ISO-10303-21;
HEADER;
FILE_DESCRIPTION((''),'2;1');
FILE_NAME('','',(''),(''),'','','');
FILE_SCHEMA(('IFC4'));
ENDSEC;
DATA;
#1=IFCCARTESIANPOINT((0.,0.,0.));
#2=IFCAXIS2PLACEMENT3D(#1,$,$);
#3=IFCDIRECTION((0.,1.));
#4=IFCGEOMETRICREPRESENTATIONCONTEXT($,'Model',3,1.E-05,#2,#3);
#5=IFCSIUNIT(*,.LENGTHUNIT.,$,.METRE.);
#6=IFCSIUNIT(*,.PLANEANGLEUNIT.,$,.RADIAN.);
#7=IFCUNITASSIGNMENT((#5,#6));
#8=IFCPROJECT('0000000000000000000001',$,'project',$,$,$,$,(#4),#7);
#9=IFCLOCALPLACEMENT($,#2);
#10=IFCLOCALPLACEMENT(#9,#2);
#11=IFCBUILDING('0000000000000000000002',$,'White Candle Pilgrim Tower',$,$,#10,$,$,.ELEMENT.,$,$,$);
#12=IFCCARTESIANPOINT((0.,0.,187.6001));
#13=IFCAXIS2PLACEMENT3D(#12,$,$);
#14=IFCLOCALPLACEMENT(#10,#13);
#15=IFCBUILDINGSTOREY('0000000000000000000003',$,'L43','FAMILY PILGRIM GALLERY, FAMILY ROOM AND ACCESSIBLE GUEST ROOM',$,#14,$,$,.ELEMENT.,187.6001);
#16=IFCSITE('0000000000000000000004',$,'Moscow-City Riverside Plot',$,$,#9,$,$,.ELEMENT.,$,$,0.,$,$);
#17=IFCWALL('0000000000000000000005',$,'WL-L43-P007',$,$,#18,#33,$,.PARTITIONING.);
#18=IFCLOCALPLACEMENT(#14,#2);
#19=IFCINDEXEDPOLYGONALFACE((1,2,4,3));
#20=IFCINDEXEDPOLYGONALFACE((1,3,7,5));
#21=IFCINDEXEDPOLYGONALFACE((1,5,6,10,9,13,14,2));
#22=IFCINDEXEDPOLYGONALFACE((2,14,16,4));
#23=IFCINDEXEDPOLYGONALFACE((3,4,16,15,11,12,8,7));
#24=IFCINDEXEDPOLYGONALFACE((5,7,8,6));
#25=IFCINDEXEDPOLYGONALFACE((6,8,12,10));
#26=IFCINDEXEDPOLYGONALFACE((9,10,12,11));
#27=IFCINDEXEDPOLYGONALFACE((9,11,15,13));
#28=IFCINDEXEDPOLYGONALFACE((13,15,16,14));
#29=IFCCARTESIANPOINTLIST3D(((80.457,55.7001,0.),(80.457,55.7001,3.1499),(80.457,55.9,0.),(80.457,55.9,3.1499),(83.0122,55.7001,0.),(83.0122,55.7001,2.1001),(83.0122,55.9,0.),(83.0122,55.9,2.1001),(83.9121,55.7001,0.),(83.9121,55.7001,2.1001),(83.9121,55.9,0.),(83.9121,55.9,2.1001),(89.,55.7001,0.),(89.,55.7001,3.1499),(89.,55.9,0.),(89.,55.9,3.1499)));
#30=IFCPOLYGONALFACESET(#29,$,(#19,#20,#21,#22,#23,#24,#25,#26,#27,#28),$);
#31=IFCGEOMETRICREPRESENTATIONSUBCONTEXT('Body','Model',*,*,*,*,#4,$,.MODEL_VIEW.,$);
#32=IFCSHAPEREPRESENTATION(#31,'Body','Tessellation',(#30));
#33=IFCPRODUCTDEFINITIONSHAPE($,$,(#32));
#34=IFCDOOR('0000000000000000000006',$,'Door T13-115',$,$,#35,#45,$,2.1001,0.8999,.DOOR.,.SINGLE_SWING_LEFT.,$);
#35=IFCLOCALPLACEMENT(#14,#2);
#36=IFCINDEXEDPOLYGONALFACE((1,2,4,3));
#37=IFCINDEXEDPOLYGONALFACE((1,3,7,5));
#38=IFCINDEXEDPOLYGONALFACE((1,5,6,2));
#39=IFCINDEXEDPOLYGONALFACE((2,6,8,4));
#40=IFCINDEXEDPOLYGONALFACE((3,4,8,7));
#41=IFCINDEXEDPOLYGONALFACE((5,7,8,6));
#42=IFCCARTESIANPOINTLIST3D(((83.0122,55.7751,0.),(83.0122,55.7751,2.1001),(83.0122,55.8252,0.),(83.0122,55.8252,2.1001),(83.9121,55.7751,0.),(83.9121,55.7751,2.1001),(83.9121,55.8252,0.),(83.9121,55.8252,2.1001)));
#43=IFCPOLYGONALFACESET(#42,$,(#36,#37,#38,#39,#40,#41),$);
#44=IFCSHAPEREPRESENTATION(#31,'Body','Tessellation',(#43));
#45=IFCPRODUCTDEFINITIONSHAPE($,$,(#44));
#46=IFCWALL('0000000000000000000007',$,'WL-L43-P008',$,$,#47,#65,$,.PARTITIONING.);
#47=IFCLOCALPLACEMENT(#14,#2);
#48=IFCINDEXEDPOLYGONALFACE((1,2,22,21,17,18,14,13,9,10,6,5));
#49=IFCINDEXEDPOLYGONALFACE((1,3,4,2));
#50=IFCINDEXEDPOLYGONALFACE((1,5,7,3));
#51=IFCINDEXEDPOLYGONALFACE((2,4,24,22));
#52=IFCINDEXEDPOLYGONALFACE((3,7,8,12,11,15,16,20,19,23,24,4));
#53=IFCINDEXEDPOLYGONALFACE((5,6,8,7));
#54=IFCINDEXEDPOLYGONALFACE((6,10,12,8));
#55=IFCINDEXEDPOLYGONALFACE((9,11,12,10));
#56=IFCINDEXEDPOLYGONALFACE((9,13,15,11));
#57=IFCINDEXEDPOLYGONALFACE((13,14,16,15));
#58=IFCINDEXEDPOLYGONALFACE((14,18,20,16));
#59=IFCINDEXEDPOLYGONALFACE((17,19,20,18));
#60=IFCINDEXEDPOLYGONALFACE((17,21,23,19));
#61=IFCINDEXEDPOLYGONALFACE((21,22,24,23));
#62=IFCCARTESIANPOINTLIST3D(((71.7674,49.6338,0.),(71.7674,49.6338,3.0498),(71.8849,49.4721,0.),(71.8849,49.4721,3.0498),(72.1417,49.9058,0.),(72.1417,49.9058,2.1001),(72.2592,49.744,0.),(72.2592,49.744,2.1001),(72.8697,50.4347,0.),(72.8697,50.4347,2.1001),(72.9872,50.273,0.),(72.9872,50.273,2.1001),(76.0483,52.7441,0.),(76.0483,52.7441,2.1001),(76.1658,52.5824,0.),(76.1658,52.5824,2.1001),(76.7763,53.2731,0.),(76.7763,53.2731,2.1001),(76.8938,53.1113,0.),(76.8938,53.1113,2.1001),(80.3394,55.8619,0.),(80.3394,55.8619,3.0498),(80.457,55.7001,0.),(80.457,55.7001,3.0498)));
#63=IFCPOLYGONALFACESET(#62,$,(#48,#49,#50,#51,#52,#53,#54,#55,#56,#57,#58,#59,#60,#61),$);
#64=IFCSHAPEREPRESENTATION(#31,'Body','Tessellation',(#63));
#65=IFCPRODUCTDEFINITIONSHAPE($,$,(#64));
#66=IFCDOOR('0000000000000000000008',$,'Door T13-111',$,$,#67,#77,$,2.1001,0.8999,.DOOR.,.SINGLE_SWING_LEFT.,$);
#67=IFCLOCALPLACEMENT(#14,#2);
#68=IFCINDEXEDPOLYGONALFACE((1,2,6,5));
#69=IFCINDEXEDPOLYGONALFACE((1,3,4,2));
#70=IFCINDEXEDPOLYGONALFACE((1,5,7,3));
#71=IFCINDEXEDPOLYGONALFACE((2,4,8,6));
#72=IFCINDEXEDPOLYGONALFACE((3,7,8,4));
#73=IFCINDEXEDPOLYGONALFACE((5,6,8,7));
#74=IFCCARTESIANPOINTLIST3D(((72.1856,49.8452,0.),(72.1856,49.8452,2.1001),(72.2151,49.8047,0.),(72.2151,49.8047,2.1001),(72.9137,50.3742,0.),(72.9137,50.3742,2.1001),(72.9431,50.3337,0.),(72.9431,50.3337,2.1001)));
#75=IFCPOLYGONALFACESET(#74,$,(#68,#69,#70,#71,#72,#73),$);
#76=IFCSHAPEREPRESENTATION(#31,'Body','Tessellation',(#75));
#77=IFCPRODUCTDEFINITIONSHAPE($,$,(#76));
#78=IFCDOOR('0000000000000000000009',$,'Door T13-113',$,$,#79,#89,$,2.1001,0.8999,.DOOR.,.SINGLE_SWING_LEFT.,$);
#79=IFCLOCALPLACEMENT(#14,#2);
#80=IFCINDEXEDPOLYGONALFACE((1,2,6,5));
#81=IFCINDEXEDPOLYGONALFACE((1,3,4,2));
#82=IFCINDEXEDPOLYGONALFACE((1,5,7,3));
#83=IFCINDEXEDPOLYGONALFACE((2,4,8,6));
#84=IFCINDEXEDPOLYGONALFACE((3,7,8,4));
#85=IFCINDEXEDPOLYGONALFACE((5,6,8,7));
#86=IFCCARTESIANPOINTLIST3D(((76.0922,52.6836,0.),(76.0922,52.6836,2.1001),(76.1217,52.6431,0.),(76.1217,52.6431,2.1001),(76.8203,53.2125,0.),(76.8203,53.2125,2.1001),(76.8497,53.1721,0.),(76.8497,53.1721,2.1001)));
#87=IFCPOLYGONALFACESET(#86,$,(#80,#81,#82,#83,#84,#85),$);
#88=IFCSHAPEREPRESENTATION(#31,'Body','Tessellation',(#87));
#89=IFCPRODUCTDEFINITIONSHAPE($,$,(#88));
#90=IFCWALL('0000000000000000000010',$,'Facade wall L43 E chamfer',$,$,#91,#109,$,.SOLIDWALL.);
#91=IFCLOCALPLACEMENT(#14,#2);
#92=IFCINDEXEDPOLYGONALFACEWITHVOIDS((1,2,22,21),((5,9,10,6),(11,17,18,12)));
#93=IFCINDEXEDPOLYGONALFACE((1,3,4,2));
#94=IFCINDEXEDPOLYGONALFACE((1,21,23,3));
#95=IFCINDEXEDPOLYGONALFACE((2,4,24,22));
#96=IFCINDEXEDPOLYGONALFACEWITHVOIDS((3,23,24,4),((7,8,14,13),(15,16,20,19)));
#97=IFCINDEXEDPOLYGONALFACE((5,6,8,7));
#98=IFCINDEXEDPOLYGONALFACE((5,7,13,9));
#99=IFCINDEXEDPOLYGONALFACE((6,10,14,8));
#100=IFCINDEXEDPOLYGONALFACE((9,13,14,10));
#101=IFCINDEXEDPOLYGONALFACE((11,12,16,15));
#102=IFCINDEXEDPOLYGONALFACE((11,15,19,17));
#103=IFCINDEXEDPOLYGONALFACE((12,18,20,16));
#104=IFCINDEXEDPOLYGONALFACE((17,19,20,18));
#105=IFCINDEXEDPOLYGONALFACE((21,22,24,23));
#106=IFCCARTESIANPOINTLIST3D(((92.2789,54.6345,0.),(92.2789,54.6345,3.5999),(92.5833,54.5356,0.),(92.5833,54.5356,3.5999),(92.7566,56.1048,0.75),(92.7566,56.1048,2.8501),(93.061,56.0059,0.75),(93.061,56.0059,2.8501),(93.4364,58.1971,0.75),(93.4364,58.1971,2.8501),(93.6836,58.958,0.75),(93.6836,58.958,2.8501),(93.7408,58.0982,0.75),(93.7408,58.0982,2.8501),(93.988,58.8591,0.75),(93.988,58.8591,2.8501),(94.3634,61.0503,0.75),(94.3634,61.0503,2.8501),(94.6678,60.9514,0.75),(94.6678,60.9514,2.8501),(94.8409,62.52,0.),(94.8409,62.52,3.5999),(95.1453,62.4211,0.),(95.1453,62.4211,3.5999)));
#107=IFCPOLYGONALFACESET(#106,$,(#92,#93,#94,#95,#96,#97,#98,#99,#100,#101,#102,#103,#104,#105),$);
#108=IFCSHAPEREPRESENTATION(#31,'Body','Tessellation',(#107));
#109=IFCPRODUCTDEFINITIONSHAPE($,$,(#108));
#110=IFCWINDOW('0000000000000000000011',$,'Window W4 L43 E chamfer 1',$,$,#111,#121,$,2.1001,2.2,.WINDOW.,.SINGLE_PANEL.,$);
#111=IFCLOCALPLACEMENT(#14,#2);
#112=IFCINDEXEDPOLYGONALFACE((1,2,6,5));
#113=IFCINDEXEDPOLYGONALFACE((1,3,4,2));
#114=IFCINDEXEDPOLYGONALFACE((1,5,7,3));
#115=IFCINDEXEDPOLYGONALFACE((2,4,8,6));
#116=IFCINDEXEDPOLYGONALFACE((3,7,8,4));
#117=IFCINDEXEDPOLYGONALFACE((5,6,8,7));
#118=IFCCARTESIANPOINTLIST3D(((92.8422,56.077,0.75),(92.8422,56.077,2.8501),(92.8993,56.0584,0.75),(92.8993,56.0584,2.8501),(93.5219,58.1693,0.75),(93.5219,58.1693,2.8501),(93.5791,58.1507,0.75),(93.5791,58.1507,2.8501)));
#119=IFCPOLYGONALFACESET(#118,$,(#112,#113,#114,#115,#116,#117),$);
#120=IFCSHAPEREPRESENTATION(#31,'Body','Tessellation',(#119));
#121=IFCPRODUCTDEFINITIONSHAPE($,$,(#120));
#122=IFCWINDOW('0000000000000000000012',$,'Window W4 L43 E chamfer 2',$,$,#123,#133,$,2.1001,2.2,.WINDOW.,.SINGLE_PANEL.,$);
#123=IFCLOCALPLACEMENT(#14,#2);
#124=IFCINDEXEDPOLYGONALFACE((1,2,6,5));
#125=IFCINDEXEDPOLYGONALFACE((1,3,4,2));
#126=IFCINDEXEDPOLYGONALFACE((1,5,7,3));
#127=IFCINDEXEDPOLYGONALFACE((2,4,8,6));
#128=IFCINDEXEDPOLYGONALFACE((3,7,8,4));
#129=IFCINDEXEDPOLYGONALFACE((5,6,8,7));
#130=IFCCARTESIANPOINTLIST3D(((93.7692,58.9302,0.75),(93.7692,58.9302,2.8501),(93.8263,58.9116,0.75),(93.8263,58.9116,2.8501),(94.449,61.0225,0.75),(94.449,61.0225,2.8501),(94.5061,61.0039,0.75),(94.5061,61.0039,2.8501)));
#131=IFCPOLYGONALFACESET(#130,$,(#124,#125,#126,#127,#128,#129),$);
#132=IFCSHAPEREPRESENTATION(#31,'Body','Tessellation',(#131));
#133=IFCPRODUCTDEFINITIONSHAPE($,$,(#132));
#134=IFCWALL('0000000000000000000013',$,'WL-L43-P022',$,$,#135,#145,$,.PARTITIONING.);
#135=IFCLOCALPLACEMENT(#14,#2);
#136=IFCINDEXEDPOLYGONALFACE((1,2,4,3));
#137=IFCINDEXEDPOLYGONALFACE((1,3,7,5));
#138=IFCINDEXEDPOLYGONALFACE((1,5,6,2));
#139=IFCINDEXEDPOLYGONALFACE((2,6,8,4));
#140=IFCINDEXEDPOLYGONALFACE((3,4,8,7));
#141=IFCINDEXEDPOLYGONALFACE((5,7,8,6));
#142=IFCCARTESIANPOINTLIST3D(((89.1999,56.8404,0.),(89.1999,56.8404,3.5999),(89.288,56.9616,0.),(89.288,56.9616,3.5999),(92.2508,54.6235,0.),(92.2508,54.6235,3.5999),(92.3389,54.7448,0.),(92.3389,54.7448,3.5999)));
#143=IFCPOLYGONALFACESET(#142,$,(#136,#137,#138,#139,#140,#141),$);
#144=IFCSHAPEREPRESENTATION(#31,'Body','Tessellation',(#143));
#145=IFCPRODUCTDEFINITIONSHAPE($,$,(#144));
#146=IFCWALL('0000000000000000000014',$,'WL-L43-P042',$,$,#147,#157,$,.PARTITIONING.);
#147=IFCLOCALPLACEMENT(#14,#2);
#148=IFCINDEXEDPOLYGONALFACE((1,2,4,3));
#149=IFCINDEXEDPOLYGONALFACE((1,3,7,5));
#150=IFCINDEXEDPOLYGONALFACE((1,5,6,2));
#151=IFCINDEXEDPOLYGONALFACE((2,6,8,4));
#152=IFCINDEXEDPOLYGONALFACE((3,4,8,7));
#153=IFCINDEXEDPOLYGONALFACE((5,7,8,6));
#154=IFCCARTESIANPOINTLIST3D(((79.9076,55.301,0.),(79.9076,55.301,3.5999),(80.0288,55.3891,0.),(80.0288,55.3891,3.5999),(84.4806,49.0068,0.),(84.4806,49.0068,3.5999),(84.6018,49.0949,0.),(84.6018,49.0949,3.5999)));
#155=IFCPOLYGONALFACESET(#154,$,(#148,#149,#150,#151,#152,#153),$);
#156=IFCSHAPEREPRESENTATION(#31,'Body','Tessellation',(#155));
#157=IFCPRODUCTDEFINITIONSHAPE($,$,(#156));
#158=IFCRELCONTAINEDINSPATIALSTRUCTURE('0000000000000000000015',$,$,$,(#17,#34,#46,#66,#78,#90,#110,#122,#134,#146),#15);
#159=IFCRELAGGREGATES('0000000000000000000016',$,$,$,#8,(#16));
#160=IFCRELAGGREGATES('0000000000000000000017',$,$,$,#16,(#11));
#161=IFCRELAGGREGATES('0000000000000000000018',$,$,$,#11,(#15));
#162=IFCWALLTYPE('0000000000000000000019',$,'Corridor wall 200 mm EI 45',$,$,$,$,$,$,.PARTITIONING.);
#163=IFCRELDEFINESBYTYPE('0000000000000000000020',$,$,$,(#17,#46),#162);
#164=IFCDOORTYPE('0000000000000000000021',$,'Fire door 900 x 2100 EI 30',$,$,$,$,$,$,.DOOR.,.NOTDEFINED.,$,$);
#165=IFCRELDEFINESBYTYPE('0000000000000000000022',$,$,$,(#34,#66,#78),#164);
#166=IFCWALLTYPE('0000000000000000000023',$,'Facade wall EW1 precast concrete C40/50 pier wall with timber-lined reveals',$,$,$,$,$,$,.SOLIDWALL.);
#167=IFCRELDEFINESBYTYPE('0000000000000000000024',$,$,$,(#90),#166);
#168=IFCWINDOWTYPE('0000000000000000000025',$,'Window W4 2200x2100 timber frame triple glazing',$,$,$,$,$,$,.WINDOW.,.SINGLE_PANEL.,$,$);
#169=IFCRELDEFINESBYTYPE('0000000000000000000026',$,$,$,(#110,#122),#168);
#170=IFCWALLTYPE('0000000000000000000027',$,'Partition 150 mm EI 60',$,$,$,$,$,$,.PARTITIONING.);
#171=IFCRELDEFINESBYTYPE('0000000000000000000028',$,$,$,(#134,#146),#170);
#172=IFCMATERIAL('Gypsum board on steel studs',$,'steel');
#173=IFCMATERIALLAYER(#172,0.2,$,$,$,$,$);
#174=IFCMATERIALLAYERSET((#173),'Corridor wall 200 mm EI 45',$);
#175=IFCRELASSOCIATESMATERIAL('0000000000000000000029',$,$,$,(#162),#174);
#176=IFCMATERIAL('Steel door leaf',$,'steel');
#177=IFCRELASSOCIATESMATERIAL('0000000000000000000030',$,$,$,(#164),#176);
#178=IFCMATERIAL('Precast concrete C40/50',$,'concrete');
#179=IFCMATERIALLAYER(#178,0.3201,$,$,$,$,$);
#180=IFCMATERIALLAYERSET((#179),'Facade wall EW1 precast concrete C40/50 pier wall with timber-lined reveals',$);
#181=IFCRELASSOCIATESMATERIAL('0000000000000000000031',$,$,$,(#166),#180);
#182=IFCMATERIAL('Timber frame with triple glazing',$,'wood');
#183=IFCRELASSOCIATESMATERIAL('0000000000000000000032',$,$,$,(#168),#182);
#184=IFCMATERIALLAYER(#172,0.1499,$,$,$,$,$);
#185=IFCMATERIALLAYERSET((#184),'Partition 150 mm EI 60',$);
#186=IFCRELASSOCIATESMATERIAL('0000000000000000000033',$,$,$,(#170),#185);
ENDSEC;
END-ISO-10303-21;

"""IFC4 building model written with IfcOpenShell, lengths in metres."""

from ifc_helpers import new_model, si_unit, direction, frame, frame_2d, origin, place, context, subcontext, project, spatial, rectangle, extrude, material, layer, layer_set, type_object, element, fill, save


model = new_model("IFC4")

# Units and contexts
model_context = context("Model", 3, precision=1e-05, world=origin(), true_north=direction((0.0, 1.0)))
body_context = subcontext(model_context, "Body", "Model", "MODEL_VIEW")
ifc_project = project(units=[si_unit("LENGTHUNIT", "METRE"), si_unit("PLANEANGLEUNIT", "RADIAN")], contexts=[model_context])

# Site, building, storey
site_placement = place(None, origin())
site = spatial("IfcSite", under=ifc_project, at=site_placement, Name="Moscow-City Riverside Plot", CompositionType="ELEMENT", RefElevation=0.0)
building_placement = place(site_placement, origin())
building = spatial("IfcBuilding", under=site, at=building_placement, Name="White Candle Pilgrim Tower", CompositionType="ELEMENT")
storey_placement = place(building_placement, frame((0.0, 0.0, 187.6001)))
storey = spatial("IfcBuildingStorey", under=building, at=storey_placement, Name="L43", Description="FAMILY PILGRIM GALLERY, FAMILY ROOM AND ACCESSIBLE GUEST ROOM", CompositionType="ELEMENT", Elevation=187.6001)

# Wall, opening, door
ifc_material_1 = material(Name="Gypsum board on steel studs", Category="steel")
ifc_layer_1 = layer(ifc_material_1, 0.2)
ifc_layer_set_1 = layer_set([ifc_layer_1], Name="Corridor wall 200 mm EI 45")
wall_type_1 = type_object("IfcWallType", Name="Corridor wall 200 mm EI 45", PredefinedType="PARTITIONING", material=ifc_layer_set_1)
wall_1_placement = place(storey_placement, frame((89.0, 55.8, 0.0), z_axis=(0.0, 0.0, 1.0), x_axis=(-1.0, 0.0, 0.0)))
wall_1 = element("IfcWall", 1, at=wall_1_placement, inside=storey, type_object=wall_type_1, Name="WL-L43-P007", PredefinedType="PARTITIONING", context=body_context, shape_type="SweptSolid", body=[
    extrude(rectangle(XDim=8.543, YDim=0.2, at=frame_2d((4.2715, 0.0))), origin(), (0.0, 0.0, 1.0), 3.1499),
])
opening_1_placement = place(wall_1_placement, frame((5.0879, 0.0, 0.0)))
opening_1 = element("IfcOpeningElement", 2, at=opening_1_placement, cuts=wall_1, PredefinedType="OPENING", context=body_context, shape_type="SweptSolid", body=[
    extrude(rectangle(XDim=0.8999, YDim=2.1001, at=frame_2d((0.45, 1.05))), frame((0.0, 0.1099, 0.0), z_axis=(0.0, -1.0, 0.0), x_axis=(1.0, 0.0, 0.0)), (0.0, 0.0, 1.0), 0.22),
])
ifc_material_2 = material(Name="Steel door leaf", Category="steel")
door_type_1 = type_object("IfcDoorType", Name="Fire door 900 x 2100 EI 30", OperationType="NOTDEFINED", PredefinedType="DOOR", material=ifc_material_2)
door_1_placement = place(opening_1_placement, origin())
door_1 = element("IfcDoor", 3, at=door_1_placement, inside=storey, type_object=door_type_1, Name="Door T13-115", OperationType="SINGLE_SWING_LEFT", OverallHeight=2.1001, OverallWidth=0.8999, PredefinedType="DOOR", context=body_context, shape_type="SweptSolid", body=[
    extrude(rectangle(XDim=0.8999, YDim=2.1001, at=frame_2d((0.45, 1.05))), frame((0.0, 0.0249, 0.0), z_axis=(0.0, -1.0, 0.0), x_axis=(1.0, 0.0, 0.0)), (0.0, 0.0, 1.0), 0.05),
])
fill(opening_1, door_1)

# Wall, openings, doors
wall_2_placement = place(storey_placement, frame((80.3982, 55.781, 0.0), z_axis=(0.0, 0.0, 1.0), x_axis=(-0.809013, -0.587791, 0.0)))
wall_2 = element("IfcWall", 4, at=wall_2_placement, inside=storey, type_object=wall_type_1, Name="WL-L43-P008", PredefinedType="PARTITIONING", context=body_context, shape_type="SweptSolid", body=[
    extrude(rectangle(XDim=10.5957, YDim=0.2, at=frame_2d((5.2979, 0.0))), origin(), (0.0, 0.0, 1.0), 3.0498),
])
opening_2_placement = place(wall_2_placement, frame((9.2332, 0.0, 0.0)))
opening_2 = element("IfcOpeningElement", 5, at=opening_2_placement, cuts=wall_2, PredefinedType="OPENING", context=body_context, shape_type="SweptSolid", body=[
    extrude(rectangle(XDim=0.8999, YDim=2.1001, at=frame_2d((0.45, 1.05))), frame((0.0, 0.1099, 0.0), z_axis=(0.0, -1.0, 0.0), x_axis=(1.0, 0.0, 0.0)), (0.0, 0.0, 1.0), 0.22),
])
opening_3_placement = place(wall_2_placement, frame((4.4043, 0.0, 0.0)))
opening_3 = element("IfcOpeningElement", 6, at=opening_3_placement, cuts=wall_2, PredefinedType="OPENING", context=body_context, shape_type="SweptSolid", body=[
    extrude(rectangle(XDim=0.8999, YDim=2.1001, at=frame_2d((0.45, 1.05))), frame((0.0, 0.1099, 0.0), z_axis=(0.0, -1.0, 0.0), x_axis=(1.0, 0.0, 0.0)), (0.0, 0.0, 1.0), 0.22),
])
door_2_placement = place(opening_2_placement, origin())
door_2 = element("IfcDoor", 7, at=door_2_placement, inside=storey, type_object=door_type_1, Name="Door T13-111", OperationType="SINGLE_SWING_LEFT", OverallHeight=2.1001, OverallWidth=0.8999, PredefinedType="DOOR", context=body_context, shape_type="SweptSolid", body=[
    extrude(rectangle(XDim=0.8999, YDim=2.1001, at=frame_2d((0.45, 1.05))), frame((0.0, 0.0249, 0.0), z_axis=(0.0, -1.0, 0.0), x_axis=(1.0, 0.0, 0.0)), (0.0, 0.0, 1.0), 0.05),
])
fill(opening_2, door_2)
door_3_placement = place(opening_3_placement, origin())
door_3 = element("IfcDoor", 8, at=door_3_placement, inside=storey, type_object=door_type_1, Name="Door T13-113", OperationType="SINGLE_SWING_LEFT", OverallHeight=2.1001, OverallWidth=0.8999, PredefinedType="DOOR", context=body_context, shape_type="SweptSolid", body=[
    extrude(rectangle(XDim=0.8999, YDim=2.1001, at=frame_2d((0.45, 1.05))), frame((0.0, 0.0249, 0.0), z_axis=(0.0, -1.0, 0.0), x_axis=(1.0, 0.0, 0.0)), (0.0, 0.0, 1.0), 0.05),
])
fill(opening_3, door_3)

# Wall, openings, windows
ifc_material_3 = material(Name="Precast concrete C40/50", Category="concrete")
ifc_layer_2 = layer(ifc_material_3, 0.3201)
ifc_layer_set_2 = layer_set([ifc_layer_2], Name="Facade wall EW1 precast concrete C40/50 pier wall with timber-lined reveals")
wall_type_2 = type_object("IfcWallType", Name="Facade wall EW1 precast concrete C40/50 pier wall with timber-lined reveals", PredefinedType="SOLIDWALL", material=ifc_layer_set_2)
wall_3_placement = place(storey_placement, frame((92.4312, 54.5852, 0.0), z_axis=(0.0, 0.0, 1.0), x_axis=(0.309002, 0.951062, 0.0)))
wall_3 = element("IfcWall", 9, at=wall_3_placement, inside=storey, type_object=wall_type_2, Name="Facade wall L43 E chamfer", PredefinedType="SOLIDWALL", context=body_context, shape_type="SweptSolid", body=[
    extrude(rectangle(XDim=8.2913, YDim=0.3201, at=frame_2d((4.1455, 0.0))), origin(), (0.0, 0.0, 1.0), 3.5999),
])
opening_4_placement = place(wall_3_placement, frame((1.5457, 0.0, 0.75)))
opening_4 = element("IfcOpeningElement", 10, at=opening_4_placement, cuts=wall_3, PredefinedType="OPENING", context=body_context, shape_type="SweptSolid", body=[
    extrude(rectangle(XDim=2.2, YDim=2.1001, at=frame_2d((1.1001, 1.05))), frame((0.0, 0.1699, 0.0), z_axis=(0.0, -1.0, 0.0), x_axis=(1.0, 0.0, 0.0)), (0.0, 0.0, 1.0), 0.3401),
])
opening_5_placement = place(wall_3_placement, frame((4.5457, 0.0, 0.75)))
opening_5 = element("IfcOpeningElement", 11, at=opening_5_placement, cuts=wall_3, PredefinedType="OPENING", context=body_context, shape_type="SweptSolid", body=[
    extrude(rectangle(XDim=2.2, YDim=2.1001, at=frame_2d((1.1001, 1.05))), frame((0.0, 0.1699, 0.0), z_axis=(0.0, -1.0, 0.0), x_axis=(1.0, 0.0, 0.0)), (0.0, 0.0, 1.0), 0.3401),
])
ifc_material_4 = material(Name="Timber frame with triple glazing", Category="wood")
window_type = type_object("IfcWindowType", Name="Window W4 2200x2100 timber frame triple glazing", PartitioningType="SINGLE_PANEL", PredefinedType="WINDOW", material=ifc_material_4)
window_1_placement = place(opening_4_placement, origin())
window_1 = element("IfcWindow", 12, at=window_1_placement, inside=storey, type_object=window_type, Name="Window W4 L43 E chamfer 1", OverallHeight=2.1001, OverallWidth=2.2, PartitioningType="SINGLE_PANEL", PredefinedType="WINDOW", context=body_context, shape_type="SweptSolid", body=[
    extrude(rectangle(XDim=2.2, YDim=2.1001, at=frame_2d((1.1001, 1.05))), frame((0.0, 0.0701, 0.0), z_axis=(0.0, -1.0, 0.0), x_axis=(1.0, 0.0, 0.0)), (0.0, 0.0, 1.0), 0.0601),
])
fill(opening_4, window_1)
window_2_placement = place(opening_5_placement, origin())
window_2 = element("IfcWindow", 13, at=window_2_placement, inside=storey, type_object=window_type, Name="Window W4 L43 E chamfer 2", OverallHeight=2.1001, OverallWidth=2.2, PartitioningType="SINGLE_PANEL", PredefinedType="WINDOW", context=body_context, shape_type="SweptSolid", body=[
    extrude(rectangle(XDim=2.2, YDim=2.1001, at=frame_2d((1.1001, 1.05))), frame((0.0, 0.0701, 0.0), z_axis=(0.0, -1.0, 0.0), x_axis=(1.0, 0.0, 0.0)), (0.0, 0.0, 1.0), 0.0601),
])
fill(opening_5, window_2)

# Walls
ifc_layer_3 = layer(ifc_material_1, 0.1499)
ifc_layer_set_3 = layer_set([ifc_layer_3], Name="Partition 150 mm EI 60")
wall_type_3 = type_object("IfcWallType", Name="Partition 150 mm EI 60", PredefinedType="PARTITIONING", material=ifc_layer_set_3)
wall_4_placement = place(storey_placement, frame((92.2949, 54.6841, 0.0), z_axis=(0.0, 0.0, 1.0), x_axis=(-0.808982, 0.587833, 0.0)))
element("IfcWall", 14, at=wall_4_placement, inside=storey, type_object=wall_type_3, Name="WL-L43-P022", PredefinedType="PARTITIONING", context=body_context, shape_type="SweptSolid", body=[
    extrude(rectangle(XDim=3.7712, YDim=0.1499, at=frame_2d((1.8857, 0.0))), origin(), (0.0, 0.0, 1.0), 3.5999),
])
wall_5_placement = place(storey_placement, frame((84.5413, 49.0508, 0.0), z_axis=(0.0, 0.0, 1.0), x_axis=(-0.587785, 0.809017, 0.0)))
element("IfcWall", 15, at=wall_5_placement, inside=storey, type_object=wall_type_3, Name="WL-L43-P042", PredefinedType="PARTITIONING", context=body_context, shape_type="SweptSolid", body=[
    extrude(rectangle(XDim=7.78, YDim=0.1499, at=frame_2d((3.8901, 0.0))), origin(), (0.0, 0.0, 1.0), 3.5999),
])

save(model, "model.ifc")
